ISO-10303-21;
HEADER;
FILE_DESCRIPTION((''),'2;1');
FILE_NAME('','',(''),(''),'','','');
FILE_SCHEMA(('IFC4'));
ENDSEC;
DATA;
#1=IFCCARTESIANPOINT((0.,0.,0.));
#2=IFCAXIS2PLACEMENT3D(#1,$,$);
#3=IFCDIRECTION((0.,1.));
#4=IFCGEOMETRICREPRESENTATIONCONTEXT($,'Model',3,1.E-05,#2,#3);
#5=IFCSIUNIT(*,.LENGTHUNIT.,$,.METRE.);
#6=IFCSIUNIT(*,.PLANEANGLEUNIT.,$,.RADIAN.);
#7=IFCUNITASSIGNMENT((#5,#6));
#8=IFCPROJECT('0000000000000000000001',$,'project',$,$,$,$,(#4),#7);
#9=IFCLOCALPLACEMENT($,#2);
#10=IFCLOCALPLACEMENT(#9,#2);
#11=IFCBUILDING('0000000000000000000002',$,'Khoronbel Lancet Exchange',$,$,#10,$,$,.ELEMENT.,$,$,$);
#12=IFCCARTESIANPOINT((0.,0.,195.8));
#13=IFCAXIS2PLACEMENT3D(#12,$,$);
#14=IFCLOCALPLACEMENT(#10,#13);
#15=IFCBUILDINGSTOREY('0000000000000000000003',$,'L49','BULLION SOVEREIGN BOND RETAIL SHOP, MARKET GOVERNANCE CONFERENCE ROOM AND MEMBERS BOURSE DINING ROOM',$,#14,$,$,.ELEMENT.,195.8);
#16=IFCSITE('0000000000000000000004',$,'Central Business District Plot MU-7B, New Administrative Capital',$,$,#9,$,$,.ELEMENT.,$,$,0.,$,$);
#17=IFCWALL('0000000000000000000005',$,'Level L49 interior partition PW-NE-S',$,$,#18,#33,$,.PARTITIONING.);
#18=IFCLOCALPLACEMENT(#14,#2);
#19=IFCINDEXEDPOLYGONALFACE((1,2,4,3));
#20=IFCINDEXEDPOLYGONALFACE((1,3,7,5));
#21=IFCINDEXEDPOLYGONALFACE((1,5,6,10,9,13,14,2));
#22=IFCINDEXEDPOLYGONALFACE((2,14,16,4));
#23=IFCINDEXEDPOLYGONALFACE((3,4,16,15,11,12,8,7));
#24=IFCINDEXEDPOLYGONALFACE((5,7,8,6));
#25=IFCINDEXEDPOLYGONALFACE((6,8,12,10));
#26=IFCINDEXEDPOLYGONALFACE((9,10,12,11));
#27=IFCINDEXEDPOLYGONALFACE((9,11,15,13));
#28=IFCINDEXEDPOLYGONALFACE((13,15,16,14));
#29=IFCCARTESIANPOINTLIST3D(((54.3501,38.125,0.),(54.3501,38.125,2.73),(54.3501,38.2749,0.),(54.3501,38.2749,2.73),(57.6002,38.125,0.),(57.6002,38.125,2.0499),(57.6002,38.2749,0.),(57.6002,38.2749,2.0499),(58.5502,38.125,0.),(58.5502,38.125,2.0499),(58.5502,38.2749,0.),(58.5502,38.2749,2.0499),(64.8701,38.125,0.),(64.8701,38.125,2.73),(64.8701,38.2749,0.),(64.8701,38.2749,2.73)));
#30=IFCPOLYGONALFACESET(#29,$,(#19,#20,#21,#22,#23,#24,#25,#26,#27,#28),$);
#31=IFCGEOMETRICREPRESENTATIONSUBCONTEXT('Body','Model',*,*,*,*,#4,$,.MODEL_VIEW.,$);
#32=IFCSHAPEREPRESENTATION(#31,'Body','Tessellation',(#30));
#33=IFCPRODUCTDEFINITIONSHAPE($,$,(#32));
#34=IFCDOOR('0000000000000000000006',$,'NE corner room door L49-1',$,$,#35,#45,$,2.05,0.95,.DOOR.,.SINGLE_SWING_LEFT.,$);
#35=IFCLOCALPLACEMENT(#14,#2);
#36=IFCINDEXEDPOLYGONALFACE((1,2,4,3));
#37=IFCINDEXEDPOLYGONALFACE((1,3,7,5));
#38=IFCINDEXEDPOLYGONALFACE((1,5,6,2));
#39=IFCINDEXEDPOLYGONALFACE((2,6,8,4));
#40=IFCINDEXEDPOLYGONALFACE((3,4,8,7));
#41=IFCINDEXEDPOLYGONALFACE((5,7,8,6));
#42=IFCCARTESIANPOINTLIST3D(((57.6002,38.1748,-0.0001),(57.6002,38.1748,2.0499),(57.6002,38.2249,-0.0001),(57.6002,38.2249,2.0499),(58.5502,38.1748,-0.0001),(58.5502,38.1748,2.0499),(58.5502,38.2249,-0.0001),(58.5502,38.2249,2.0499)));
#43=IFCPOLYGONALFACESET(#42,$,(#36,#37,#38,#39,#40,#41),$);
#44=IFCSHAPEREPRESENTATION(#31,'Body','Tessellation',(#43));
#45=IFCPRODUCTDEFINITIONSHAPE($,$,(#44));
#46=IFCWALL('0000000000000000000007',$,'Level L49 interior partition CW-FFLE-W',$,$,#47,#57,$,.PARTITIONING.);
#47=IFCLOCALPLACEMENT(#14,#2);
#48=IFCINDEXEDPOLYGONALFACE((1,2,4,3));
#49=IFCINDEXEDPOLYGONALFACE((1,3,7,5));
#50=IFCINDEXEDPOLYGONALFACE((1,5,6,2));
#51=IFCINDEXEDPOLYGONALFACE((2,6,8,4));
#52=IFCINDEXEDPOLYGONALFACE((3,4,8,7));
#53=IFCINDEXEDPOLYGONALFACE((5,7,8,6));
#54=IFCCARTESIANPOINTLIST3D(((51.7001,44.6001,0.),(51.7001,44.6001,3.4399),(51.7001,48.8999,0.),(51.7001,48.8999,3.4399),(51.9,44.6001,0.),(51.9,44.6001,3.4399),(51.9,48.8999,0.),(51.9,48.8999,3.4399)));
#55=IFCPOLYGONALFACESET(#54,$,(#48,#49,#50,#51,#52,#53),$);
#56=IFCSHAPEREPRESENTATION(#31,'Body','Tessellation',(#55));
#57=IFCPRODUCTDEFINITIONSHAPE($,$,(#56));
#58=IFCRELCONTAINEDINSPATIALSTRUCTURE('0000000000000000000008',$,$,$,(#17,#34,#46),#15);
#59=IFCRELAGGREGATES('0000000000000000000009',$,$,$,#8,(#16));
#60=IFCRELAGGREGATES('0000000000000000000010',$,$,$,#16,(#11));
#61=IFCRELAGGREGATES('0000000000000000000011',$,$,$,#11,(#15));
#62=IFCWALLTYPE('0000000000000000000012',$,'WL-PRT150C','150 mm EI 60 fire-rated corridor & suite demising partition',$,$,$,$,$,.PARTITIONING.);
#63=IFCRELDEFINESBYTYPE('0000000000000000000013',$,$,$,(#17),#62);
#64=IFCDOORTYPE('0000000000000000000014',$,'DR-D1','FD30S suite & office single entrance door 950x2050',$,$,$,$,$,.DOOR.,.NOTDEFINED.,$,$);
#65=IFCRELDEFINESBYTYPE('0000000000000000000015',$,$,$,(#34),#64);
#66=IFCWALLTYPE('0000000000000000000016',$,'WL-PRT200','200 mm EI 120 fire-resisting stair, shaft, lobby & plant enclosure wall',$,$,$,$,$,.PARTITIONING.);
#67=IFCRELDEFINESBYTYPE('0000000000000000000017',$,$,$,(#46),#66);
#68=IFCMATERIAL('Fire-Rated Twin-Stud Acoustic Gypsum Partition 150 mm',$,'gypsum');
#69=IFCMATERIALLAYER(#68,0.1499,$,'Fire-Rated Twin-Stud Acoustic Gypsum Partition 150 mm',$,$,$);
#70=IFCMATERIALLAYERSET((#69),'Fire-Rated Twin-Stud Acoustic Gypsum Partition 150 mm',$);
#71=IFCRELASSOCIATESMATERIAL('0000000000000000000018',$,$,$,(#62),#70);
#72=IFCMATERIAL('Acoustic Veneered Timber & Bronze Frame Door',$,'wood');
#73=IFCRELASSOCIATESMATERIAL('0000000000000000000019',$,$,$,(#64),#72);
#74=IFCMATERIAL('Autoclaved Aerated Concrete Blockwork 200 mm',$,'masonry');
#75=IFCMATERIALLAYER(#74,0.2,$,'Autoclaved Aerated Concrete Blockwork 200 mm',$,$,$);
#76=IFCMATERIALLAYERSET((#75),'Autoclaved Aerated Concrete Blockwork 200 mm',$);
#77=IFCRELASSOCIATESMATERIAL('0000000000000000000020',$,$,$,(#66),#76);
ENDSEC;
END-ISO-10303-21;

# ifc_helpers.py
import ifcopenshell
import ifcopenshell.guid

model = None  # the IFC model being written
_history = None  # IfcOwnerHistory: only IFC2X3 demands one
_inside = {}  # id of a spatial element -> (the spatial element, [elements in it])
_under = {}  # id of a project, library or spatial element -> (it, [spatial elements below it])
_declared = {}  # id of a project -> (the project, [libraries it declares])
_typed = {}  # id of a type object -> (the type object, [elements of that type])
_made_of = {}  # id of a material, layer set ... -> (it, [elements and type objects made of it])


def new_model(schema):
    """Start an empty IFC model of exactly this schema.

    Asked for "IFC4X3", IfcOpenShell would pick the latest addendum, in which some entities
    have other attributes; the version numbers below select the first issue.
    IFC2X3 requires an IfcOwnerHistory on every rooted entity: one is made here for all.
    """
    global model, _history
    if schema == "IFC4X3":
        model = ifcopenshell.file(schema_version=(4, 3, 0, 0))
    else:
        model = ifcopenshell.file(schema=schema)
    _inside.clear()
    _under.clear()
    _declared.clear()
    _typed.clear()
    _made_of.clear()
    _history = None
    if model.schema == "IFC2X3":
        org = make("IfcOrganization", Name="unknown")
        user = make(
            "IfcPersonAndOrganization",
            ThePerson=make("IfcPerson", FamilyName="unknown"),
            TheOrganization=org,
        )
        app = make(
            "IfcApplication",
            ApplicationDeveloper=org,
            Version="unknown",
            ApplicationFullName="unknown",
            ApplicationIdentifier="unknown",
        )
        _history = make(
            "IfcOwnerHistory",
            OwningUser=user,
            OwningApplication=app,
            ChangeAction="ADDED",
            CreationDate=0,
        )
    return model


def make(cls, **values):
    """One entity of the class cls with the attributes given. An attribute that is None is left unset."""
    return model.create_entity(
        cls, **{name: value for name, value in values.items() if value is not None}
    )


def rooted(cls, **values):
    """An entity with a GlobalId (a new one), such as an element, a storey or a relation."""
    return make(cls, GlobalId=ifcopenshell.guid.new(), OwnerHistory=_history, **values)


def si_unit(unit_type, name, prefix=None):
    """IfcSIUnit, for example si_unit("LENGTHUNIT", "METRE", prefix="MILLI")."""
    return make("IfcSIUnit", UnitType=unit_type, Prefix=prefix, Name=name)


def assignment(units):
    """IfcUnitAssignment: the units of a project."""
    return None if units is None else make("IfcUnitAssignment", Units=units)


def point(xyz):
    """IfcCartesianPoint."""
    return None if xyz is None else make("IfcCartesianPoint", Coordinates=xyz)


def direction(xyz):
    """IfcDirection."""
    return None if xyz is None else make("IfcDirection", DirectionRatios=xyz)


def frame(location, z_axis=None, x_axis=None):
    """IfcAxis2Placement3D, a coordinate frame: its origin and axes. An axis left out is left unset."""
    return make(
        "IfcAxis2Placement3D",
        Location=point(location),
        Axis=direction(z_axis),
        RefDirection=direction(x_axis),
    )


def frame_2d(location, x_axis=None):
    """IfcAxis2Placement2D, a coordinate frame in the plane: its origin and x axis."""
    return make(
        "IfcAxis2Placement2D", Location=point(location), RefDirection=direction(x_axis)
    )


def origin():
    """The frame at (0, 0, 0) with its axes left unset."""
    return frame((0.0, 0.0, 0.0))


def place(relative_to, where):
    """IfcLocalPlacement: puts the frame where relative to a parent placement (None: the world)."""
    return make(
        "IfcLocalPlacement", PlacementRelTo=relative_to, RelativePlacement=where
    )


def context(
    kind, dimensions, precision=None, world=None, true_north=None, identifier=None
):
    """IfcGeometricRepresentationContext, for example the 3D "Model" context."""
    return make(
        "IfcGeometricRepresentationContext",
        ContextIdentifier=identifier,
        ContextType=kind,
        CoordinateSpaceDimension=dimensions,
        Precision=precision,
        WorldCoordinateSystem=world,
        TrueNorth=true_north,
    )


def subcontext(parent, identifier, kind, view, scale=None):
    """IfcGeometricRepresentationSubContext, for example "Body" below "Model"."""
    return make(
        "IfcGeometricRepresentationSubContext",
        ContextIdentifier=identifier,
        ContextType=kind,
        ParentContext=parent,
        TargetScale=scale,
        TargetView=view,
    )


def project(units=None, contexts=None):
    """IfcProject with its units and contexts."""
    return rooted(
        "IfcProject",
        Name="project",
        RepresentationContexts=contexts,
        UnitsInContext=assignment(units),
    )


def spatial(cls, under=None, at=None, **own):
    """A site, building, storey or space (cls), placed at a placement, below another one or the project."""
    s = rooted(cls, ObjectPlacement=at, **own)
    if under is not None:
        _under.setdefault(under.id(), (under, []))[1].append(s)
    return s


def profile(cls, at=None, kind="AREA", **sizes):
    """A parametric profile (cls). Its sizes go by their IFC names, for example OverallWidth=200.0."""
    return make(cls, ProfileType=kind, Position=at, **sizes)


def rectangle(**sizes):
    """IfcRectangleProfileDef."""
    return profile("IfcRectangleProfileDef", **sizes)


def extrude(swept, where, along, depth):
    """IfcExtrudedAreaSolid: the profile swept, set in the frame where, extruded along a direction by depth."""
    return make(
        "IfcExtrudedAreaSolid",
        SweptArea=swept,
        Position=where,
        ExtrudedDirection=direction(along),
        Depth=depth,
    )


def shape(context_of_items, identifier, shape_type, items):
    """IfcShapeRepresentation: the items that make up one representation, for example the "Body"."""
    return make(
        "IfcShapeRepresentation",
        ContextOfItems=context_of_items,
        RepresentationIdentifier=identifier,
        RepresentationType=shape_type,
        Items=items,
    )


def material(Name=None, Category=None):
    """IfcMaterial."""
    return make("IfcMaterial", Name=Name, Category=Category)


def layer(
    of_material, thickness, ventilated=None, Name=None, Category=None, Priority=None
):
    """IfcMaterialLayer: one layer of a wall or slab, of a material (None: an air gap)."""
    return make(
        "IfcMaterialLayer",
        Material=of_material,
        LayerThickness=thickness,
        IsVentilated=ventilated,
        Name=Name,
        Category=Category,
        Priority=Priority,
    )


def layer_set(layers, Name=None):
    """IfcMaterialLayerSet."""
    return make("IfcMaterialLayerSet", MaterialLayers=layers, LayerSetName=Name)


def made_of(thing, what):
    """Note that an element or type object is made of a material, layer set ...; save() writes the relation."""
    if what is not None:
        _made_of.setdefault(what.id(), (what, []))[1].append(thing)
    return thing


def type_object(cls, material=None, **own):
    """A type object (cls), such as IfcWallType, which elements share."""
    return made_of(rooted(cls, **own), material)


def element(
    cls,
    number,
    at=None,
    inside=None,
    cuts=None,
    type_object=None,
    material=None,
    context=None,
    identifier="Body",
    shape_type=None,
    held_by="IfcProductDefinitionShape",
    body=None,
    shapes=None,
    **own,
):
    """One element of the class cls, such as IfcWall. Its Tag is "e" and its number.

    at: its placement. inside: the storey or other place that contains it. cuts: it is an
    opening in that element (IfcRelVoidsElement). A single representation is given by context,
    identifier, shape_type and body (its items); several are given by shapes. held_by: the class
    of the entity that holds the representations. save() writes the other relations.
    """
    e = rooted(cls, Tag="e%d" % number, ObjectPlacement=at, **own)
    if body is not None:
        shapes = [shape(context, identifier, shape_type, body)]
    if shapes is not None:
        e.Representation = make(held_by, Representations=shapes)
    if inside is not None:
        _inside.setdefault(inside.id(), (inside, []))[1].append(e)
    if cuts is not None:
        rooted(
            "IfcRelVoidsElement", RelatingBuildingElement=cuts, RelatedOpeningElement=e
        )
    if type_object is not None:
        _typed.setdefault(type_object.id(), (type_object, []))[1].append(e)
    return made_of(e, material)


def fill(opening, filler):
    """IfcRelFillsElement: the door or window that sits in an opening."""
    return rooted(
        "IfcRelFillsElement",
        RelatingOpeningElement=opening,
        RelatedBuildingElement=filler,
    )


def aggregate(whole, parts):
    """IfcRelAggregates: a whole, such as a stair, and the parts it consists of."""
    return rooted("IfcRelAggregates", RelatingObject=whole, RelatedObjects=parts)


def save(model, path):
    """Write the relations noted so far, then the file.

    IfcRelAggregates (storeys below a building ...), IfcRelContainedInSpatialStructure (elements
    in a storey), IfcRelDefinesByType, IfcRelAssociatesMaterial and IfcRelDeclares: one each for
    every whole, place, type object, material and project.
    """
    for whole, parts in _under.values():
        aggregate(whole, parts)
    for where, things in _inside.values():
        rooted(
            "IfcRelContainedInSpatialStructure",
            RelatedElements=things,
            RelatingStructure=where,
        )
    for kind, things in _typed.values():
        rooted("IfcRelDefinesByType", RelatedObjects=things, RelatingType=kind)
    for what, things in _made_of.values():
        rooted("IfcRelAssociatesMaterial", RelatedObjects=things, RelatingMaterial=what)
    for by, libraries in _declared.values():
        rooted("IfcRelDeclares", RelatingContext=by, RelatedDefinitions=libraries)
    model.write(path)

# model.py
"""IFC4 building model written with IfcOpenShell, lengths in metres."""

from ifc_helpers import new_model, si_unit, direction, frame, frame_2d, origin, place, context, subcontext, project, spatial, rectangle, extrude, material, layer, layer_set, type_object, element, fill, save


model = new_model("IFC4")

# Units and contexts
model_context = context("Model", 3, precision=1e-05, world=origin(), true_north=direction((0.0, 1.0)))
body_context = subcontext(model_context, "Body", "Model", "MODEL_VIEW")
ifc_project = project(units=[si_unit("LENGTHUNIT", "METRE"), si_unit("PLANEANGLEUNIT", "RADIAN")], contexts=[model_context])

# Site, building, storey
site_placement = place(None, origin())
site = spatial("IfcSite", under=ifc_project, at=site_placement, Name="Central Business District Plot MU-7B, New Administrative Capital", CompositionType="ELEMENT", RefElevation=0.0)
building_placement = place(site_placement, origin())
building = spatial("IfcBuilding", under=site, at=building_placement, Name="Khoronbel Lancet Exchange", CompositionType="ELEMENT")
storey_placement = place(building_placement, frame((0.0, 0.0, 195.8)))
storey = spatial("IfcBuildingStorey", under=building, at=storey_placement, Name="L49", Description="BULLION SOVEREIGN BOND RETAIL SHOP, MARKET GOVERNANCE CONFERENCE ROOM AND MEMBERS BOURSE DINING ROOM", CompositionType="ELEMENT", Elevation=195.8)

# Wall, opening, door
ifc_material_1 = material(Name="Fire-Rated Twin-Stud Acoustic Gypsum Partition 150 mm", Category="gypsum")
ifc_layer_1 = layer(ifc_material_1, 0.1499, Name="Fire-Rated Twin-Stud Acoustic Gypsum Partition 150 mm")
ifc_layer_set_1 = layer_set([ifc_layer_1], Name="Fire-Rated Twin-Stud Acoustic Gypsum Partition 150 mm")
wall_type_1 = type_object("IfcWallType", Name="WL-PRT150C", Description="150 mm EI 60 fire-rated corridor & suite demising partition", PredefinedType="PARTITIONING", material=ifc_layer_set_1)
wall_1_placement = place(storey_placement, frame((54.3501, 38.2, 0.0), z_axis=(0.0, 0.0, 1.0), x_axis=(1.0, 0.0, 0.0)))
wall_1 = element("IfcWall", 1, at=wall_1_placement, inside=storey, type_object=wall_type_1, Name="Level L49 interior partition PW-NE-S", PredefinedType="PARTITIONING", context=body_context, shape_type="SweptSolid", body=[
    extrude(rectangle(XDim=10.52, YDim=0.1499, at=frame_2d((5.26, 0.0))), origin(), (0.0, 0.0, 1.0), 2.73),
])
opening_1_placement = place(wall_1_placement, frame((3.25, 0.0, 0.0)))
opening_1 = element("IfcOpeningElement", 2, at=opening_1_placement, cuts=wall_1, PredefinedType="OPENING", context=body_context, shape_type="SweptSolid", body=[
    extrude(rectangle(XDim=0.95, YDim=2.05, at=frame_2d((0.4751, 1.0249))), frame((0.0, 0.085, 0.0), z_axis=(0.0, -1.0, 0.0), x_axis=(1.0, 0.0, 0.0)), (0.0, 0.0, 1.0), 0.1699),
])
ifc_material_2 = material(Name="Acoustic Veneered Timber & Bronze Frame Door", Category="wood")
door_type_1 = type_object("IfcDoorType", Name="DR-D1", Description="FD30S suite & office single entrance door 950x2050", OperationType="NOTDEFINED", PredefinedType="DOOR", material=ifc_material_2)
door_1_placement = place(opening_1_placement, origin())
door_1 = element("IfcDoor", 3, at=door_1_placement, inside=storey, type_object=door_type_1, Name="NE corner room door L49-1", OperationType="SINGLE_SWING_LEFT", OverallHeight=2.05, OverallWidth=0.95, PredefinedType="DOOR", context=body_context, shape_type="SweptSolid", body=[
    extrude(rectangle(XDim=0.95, YDim=2.05, at=frame_2d((0.4751, 1.0249))), frame((0.0, 0.0249, 0.0), z_axis=(0.0, -1.0, 0.0), x_axis=(1.0, 0.0, 0.0)), (0.0, 0.0, 1.0), 0.05),
])
fill(opening_1, door_1)

# Wall
ifc_material_3 = material(Name="Autoclaved Aerated Concrete Blockwork 200 mm", Category="masonry")
ifc_layer_2 = layer(ifc_material_3, 0.2, Name="Autoclaved Aerated Concrete Blockwork 200 mm")
ifc_layer_set_2 = layer_set([ifc_layer_2], Name="Autoclaved Aerated Concrete Blockwork 200 mm")
wall_type_2 = type_object("IfcWallType", Name="WL-PRT200", Description="200 mm EI 120 fire-resisting stair, shaft, lobby & plant enclosure wall", PredefinedType="PARTITIONING", material=ifc_layer_set_2)
wall_2_placement = place(storey_placement, frame((51.8, 44.6001, 0.0), z_axis=(0.0, 0.0, 1.0), x_axis=(0.0, 1.0, 0.0)))
element("IfcWall", 4, at=wall_2_placement, inside=storey, type_object=wall_type_2, Name="Level L49 interior partition CW-FFLE-W", PredefinedType="PARTITIONING", context=body_context, shape_type="SweptSolid", body=[
    extrude(rectangle(XDim=4.2998, YDim=0.2, at=frame_2d((2.1499, 0.0))), origin(), (0.0, 0.0, 1.0), 3.4399),
])

save(model, "model.ifc")
